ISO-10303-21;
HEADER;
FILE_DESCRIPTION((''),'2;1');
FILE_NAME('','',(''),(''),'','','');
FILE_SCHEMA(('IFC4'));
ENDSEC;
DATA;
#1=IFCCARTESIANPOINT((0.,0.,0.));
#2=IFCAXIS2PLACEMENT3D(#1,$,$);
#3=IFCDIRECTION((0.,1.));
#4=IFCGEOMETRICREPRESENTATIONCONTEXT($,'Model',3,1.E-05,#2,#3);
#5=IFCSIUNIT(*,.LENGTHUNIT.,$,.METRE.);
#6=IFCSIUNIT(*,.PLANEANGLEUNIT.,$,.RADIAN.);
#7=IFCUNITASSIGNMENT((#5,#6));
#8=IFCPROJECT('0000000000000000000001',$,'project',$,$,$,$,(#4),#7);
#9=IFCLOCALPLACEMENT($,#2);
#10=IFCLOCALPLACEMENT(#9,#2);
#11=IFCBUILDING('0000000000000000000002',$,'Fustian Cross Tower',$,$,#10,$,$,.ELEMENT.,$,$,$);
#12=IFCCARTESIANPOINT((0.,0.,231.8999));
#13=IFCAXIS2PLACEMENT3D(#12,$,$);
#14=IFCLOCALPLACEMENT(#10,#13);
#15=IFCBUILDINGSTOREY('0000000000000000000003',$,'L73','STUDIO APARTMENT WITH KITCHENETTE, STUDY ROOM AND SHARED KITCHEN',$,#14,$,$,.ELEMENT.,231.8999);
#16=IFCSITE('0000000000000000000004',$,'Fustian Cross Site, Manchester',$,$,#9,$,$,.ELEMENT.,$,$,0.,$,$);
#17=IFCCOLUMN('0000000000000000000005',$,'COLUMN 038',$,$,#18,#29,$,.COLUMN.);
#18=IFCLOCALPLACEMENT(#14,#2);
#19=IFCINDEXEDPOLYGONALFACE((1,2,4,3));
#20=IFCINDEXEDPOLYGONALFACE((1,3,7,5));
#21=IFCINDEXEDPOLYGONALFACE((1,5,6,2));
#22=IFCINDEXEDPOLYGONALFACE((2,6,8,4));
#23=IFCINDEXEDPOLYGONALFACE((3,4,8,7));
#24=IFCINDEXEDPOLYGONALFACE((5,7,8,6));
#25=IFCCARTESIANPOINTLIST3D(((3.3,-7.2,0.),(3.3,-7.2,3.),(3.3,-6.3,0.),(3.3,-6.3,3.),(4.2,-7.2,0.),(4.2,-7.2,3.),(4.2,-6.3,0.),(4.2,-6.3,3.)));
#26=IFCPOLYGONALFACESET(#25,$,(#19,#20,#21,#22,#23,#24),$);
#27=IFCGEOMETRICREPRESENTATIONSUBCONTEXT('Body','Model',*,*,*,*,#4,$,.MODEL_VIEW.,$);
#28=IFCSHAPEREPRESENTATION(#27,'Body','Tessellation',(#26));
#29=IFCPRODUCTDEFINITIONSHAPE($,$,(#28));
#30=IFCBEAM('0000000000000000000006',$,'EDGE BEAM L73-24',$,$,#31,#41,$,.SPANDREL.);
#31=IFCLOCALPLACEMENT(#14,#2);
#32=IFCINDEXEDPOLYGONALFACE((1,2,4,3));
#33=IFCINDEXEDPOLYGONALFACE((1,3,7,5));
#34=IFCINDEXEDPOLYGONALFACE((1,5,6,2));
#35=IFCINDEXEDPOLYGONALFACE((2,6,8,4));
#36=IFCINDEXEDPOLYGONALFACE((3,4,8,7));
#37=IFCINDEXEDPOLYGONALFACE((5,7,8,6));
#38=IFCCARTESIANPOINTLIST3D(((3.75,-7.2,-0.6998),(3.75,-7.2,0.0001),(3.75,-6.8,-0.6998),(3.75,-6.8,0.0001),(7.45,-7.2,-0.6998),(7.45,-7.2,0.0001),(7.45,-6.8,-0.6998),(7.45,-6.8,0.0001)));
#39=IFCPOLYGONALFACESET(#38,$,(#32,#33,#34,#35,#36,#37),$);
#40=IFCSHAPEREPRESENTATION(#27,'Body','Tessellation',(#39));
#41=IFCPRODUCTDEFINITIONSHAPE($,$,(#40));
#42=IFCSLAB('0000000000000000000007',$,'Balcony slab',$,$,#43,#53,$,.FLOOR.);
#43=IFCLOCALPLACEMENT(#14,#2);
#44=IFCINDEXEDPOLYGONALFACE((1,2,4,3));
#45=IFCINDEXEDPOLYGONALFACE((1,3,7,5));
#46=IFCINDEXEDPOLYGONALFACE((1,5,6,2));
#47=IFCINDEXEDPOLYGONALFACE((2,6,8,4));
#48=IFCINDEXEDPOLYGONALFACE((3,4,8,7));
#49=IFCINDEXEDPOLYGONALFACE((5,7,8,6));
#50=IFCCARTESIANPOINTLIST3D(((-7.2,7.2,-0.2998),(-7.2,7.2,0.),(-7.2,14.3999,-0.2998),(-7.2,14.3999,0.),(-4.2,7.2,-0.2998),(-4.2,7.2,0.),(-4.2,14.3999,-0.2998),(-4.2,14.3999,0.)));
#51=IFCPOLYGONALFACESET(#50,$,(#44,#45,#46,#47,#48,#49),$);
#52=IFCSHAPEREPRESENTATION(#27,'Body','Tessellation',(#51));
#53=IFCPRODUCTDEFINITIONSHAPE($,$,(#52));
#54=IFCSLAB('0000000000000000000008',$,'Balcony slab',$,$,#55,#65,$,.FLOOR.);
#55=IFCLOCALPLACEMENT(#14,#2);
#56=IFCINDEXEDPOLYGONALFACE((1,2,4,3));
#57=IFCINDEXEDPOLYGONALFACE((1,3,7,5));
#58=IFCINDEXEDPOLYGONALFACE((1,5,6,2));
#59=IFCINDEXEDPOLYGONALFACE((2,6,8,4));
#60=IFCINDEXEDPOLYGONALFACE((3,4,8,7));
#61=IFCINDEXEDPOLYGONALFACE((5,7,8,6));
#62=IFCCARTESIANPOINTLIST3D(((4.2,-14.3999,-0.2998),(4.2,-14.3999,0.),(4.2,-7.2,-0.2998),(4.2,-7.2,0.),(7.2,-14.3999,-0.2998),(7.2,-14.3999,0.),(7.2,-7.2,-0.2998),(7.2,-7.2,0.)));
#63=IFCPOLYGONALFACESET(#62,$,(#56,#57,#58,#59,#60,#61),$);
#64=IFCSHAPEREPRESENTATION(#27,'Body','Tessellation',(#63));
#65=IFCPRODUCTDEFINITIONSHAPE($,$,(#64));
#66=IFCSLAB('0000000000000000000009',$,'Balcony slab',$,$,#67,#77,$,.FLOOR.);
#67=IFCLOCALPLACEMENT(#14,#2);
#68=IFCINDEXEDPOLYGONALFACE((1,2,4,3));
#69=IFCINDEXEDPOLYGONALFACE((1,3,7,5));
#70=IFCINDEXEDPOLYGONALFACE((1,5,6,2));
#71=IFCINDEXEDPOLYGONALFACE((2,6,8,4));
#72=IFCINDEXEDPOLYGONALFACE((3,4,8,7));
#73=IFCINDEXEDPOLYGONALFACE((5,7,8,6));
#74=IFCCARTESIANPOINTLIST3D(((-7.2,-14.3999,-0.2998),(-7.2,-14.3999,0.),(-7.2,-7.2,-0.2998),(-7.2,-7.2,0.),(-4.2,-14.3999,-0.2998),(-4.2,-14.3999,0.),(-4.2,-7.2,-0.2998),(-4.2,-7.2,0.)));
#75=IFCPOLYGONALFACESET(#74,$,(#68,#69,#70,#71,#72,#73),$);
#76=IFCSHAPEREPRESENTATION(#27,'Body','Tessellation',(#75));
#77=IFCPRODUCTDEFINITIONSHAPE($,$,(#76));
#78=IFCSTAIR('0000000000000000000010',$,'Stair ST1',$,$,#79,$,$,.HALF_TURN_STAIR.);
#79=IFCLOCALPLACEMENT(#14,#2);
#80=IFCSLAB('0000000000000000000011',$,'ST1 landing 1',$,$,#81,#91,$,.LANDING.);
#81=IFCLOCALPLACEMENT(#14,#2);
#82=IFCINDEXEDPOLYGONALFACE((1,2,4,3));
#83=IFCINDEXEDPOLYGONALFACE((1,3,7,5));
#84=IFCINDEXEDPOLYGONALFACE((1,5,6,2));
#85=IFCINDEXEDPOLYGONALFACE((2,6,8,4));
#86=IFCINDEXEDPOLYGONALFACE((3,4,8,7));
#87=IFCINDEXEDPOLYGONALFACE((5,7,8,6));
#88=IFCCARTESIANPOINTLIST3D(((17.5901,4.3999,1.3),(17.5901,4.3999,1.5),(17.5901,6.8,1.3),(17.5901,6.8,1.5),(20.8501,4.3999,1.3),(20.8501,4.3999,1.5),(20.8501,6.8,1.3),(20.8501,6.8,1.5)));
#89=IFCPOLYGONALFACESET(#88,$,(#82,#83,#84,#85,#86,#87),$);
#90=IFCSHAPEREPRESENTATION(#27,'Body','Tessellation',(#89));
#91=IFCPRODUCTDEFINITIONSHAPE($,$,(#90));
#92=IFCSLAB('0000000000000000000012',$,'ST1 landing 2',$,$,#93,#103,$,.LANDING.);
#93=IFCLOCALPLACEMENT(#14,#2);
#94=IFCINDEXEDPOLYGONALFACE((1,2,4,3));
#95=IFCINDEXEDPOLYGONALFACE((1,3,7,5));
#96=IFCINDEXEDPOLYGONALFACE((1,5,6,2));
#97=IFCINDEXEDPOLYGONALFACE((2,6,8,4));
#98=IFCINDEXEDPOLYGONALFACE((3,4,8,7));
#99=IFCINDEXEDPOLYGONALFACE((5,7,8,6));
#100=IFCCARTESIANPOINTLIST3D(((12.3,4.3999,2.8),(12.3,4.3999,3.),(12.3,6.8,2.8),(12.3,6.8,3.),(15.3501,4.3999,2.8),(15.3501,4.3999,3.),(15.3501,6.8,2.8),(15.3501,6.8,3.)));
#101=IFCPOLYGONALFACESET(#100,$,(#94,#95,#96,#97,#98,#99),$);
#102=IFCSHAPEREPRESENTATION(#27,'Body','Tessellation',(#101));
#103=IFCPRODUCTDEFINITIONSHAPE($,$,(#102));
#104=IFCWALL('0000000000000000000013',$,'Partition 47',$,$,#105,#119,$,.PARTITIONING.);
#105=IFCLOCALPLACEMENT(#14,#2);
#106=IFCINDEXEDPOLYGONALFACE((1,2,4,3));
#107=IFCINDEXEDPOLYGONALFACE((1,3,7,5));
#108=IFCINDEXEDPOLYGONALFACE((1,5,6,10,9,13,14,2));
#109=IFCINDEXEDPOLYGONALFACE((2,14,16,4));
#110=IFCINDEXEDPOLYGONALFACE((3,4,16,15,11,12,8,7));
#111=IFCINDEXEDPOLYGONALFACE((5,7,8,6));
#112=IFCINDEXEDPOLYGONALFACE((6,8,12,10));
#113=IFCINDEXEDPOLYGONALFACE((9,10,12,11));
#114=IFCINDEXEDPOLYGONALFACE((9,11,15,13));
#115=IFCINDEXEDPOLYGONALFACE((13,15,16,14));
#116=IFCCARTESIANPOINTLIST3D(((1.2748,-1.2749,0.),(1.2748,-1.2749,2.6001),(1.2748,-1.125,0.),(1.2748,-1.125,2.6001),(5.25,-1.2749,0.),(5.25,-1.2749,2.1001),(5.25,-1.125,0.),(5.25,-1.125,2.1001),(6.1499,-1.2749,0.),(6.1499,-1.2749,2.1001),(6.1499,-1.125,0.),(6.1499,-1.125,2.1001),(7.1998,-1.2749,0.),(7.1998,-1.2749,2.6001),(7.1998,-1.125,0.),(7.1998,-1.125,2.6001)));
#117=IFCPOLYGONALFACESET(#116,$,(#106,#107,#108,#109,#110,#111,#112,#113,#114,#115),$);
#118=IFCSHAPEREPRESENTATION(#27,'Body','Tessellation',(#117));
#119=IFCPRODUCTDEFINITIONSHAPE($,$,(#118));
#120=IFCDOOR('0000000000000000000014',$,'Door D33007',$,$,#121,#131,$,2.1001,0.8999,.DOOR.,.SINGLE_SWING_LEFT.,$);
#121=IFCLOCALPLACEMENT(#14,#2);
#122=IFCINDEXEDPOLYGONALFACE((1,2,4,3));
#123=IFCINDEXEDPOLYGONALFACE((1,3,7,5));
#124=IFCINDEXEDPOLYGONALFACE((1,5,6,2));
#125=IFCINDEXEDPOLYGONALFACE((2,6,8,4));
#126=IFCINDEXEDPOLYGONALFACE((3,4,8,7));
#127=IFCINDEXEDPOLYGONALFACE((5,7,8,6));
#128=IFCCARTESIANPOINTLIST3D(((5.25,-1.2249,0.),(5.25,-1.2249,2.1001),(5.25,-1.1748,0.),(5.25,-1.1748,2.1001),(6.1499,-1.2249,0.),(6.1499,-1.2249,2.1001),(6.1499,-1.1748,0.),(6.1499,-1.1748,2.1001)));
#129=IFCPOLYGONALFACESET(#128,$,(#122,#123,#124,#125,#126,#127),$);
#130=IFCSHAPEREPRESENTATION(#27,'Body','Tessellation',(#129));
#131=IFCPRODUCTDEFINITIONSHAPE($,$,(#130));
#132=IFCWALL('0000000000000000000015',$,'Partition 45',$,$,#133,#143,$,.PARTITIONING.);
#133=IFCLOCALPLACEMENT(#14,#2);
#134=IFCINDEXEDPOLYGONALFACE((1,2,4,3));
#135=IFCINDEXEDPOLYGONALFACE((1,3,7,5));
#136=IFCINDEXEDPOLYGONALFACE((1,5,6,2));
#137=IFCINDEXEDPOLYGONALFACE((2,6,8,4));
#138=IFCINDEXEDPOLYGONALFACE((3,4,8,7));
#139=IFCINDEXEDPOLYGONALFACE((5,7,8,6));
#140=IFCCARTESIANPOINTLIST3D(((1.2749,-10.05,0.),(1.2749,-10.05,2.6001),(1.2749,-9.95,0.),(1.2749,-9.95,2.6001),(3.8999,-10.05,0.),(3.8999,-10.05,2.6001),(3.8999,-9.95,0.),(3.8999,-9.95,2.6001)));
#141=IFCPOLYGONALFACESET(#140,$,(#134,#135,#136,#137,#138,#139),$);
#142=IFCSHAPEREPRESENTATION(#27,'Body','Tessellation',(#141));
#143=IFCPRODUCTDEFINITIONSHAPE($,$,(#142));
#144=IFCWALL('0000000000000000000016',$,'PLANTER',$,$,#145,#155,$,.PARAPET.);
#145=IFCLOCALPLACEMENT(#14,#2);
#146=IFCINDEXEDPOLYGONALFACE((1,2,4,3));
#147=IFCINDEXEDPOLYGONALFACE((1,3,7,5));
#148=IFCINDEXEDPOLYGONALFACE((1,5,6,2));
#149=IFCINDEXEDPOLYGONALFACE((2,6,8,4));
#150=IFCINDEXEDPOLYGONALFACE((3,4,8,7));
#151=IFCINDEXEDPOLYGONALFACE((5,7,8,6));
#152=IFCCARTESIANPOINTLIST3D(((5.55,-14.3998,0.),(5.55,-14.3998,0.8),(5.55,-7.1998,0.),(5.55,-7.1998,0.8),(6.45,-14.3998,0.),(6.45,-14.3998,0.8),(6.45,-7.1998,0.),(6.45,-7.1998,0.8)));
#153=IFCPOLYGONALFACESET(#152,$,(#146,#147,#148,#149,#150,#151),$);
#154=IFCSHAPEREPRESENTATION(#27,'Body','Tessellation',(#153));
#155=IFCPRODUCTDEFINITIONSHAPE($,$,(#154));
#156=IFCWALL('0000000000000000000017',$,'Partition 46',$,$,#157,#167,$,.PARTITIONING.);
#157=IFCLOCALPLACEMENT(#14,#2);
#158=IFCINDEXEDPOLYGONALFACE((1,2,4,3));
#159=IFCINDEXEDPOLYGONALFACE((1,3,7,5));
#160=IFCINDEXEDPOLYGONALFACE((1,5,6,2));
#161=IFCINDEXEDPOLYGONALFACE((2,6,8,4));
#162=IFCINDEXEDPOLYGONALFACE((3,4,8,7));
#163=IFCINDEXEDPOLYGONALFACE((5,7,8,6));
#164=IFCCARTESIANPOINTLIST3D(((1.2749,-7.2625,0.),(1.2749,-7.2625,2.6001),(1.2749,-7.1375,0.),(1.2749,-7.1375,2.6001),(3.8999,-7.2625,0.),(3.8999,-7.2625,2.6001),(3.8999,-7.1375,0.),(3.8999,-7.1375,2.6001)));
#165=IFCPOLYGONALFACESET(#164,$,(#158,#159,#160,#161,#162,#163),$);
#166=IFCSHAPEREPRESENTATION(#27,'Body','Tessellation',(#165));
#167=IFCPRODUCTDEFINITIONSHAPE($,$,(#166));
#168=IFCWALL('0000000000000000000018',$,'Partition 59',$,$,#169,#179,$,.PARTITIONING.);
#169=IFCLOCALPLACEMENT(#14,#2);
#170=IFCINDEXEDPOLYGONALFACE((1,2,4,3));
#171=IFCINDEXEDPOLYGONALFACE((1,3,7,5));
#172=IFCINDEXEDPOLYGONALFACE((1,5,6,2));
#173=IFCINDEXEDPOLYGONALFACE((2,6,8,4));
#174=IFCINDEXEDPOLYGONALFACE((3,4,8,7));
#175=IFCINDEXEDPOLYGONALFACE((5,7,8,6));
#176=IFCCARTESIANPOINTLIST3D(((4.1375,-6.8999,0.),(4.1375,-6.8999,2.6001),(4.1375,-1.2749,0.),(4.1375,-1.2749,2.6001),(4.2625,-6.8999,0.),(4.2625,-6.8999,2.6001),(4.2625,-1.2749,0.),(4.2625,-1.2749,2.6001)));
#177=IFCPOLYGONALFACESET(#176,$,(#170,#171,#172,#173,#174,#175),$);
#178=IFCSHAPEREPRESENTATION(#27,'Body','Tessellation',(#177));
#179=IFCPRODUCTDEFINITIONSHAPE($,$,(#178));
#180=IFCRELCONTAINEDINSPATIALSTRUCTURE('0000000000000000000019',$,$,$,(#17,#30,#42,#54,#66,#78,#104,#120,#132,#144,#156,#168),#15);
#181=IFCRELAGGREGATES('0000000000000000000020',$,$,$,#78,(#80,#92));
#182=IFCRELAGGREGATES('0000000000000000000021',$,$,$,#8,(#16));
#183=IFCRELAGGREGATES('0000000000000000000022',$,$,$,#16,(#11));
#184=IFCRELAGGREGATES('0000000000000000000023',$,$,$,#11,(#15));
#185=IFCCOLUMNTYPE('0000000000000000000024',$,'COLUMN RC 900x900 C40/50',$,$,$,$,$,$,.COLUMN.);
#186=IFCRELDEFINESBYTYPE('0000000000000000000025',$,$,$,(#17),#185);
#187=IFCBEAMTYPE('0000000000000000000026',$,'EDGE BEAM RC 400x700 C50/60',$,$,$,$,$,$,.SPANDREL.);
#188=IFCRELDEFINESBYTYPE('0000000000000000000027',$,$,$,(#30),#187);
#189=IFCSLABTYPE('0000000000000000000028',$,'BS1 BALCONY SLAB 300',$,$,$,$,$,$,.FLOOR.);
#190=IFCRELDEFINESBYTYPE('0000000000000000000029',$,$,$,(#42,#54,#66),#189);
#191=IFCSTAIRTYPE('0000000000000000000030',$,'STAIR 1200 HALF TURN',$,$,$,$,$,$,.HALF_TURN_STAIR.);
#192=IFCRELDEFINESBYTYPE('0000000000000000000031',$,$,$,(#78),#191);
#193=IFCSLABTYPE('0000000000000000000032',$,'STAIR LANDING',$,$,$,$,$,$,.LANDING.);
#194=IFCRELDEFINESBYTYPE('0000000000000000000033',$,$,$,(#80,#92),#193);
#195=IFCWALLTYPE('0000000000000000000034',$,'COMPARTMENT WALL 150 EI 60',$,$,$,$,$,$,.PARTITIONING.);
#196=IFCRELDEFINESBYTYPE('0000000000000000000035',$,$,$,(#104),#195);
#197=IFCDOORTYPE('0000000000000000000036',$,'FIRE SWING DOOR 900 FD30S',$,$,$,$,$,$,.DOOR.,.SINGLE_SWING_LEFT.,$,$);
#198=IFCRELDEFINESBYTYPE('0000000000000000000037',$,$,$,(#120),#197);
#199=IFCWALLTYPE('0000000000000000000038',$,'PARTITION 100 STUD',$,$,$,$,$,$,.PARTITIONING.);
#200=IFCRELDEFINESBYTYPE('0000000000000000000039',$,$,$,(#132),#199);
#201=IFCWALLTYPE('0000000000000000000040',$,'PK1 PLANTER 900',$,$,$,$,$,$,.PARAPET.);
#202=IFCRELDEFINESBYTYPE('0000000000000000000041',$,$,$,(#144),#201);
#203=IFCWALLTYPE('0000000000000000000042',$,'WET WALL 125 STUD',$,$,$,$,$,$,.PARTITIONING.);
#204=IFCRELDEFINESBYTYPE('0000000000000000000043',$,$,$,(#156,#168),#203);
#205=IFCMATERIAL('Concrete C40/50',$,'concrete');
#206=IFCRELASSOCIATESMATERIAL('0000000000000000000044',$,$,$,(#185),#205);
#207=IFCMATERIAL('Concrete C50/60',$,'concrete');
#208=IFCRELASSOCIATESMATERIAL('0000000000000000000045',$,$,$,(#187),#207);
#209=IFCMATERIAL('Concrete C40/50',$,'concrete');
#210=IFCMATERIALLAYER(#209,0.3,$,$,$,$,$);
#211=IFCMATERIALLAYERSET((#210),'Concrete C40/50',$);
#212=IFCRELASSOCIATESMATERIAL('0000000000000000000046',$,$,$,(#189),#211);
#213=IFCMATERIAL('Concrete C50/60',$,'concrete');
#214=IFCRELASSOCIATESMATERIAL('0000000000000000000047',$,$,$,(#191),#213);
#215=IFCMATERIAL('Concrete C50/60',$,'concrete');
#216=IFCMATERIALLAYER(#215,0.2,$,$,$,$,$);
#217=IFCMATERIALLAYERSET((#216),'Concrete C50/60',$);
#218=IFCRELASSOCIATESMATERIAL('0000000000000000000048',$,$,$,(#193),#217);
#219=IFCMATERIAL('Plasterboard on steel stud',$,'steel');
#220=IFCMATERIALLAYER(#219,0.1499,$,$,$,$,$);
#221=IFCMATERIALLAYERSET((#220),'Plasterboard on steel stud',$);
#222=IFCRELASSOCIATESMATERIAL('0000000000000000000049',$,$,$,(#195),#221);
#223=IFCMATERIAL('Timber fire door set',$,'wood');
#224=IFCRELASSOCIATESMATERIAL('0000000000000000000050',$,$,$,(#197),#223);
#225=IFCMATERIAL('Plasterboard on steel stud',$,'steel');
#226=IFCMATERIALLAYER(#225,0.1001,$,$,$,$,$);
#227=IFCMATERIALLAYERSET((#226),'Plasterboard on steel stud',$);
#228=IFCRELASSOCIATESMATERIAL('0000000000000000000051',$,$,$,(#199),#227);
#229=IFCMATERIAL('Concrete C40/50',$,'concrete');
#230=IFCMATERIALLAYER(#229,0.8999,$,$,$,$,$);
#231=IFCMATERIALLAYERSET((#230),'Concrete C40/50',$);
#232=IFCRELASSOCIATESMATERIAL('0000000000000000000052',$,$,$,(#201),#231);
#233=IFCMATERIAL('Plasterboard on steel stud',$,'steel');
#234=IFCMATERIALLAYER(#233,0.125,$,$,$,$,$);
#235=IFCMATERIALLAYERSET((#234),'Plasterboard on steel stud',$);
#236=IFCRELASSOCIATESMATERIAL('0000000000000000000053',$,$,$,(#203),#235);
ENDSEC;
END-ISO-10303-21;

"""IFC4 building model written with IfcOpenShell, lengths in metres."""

from ifc_helpers import new_model, si_unit, direction, frame, frame_2d, origin, origin_2d, place, context, subcontext, project, spatial, polyline, rectangle, outline, extrude, material, layer, layer_set, material_profile, profile_set, type_object, element, fill, aggregate, save


model = new_model("IFC4")

# Units and contexts
model_context = context("Model", 3, precision=1e-05, world=origin(), true_north=direction((0.0, 1.0)))
body_context = subcontext(model_context, "Body", "Model", "MODEL_VIEW")
ifc_project = project(units=[si_unit("LENGTHUNIT", "METRE"), si_unit("PLANEANGLEUNIT", "RADIAN")], contexts=[model_context])

# Site, building, storey
site_placement = place(None, origin())
site = spatial("IfcSite", under=ifc_project, at=site_placement, Name="Fustian Cross Site, Manchester", CompositionType="ELEMENT", RefElevation=0.0)
building_placement = place(site_placement, origin())
building = spatial("IfcBuilding", under=site, at=building_placement, Name="Fustian Cross Tower", CompositionType="ELEMENT")
storey_placement = place(building_placement, frame((0.0, 0.0, 231.8999)))
storey = spatial("IfcBuildingStorey", under=building, at=storey_placement, Name="L73", Description="STUDIO APARTMENT WITH KITCHENETTE, STUDY ROOM AND SHARED KITCHEN", CompositionType="ELEMENT", Elevation=231.8999)

# Column
ifc_material_1 = material(Name="Concrete C40/50", Category="concrete")
ifc_material_profile_1 = material_profile(ifc_material_1, rectangle(XDim=0.8999, YDim=0.8999, at=origin_2d()), Name="RC 900x900")
ifc_profile_set_1 = profile_set([ifc_material_profile_1], Name="Concrete C40/50")
column_type = type_object("IfcColumnType", Name="COLUMN RC 900x900 C40/50", PredefinedType="COLUMN", material=ifc_profile_set_1)
column_placement = place(storey_placement, frame((3.75, -6.75, 0.0), z_axis=(0.0, 0.0, 1.0), x_axis=(1.0, 0.0, 0.0)))
element("IfcColumn", 1, at=column_placement, inside=storey, type_object=column_type, Name="COLUMN 038", PredefinedType="COLUMN", context=body_context, shape_type="SweptSolid", body=[
    extrude(rectangle(XDim=0.8999, YDim=0.8999, at=origin_2d()), origin(), (0.0, 0.0, 1.0), 3.0),
])

# Beam
ifc_material_2 = material(Name="Concrete C50/60", Category="concrete")
ifc_material_profile_2 = material_profile(ifc_material_2, rectangle(XDim=0.3999, YDim=0.7, at=origin_2d()), Name="RC 400x700")
ifc_profile_set_2 = profile_set([ifc_material_profile_2], Name="Concrete C50/60")
beam_type = type_object("IfcBeamType", Name="EDGE BEAM RC 400x700 C50/60", PredefinedType="SPANDREL", material=ifc_profile_set_2)
beam_placement = place(storey_placement, frame((3.75, -7.0, -0.3499), z_axis=(1.0, 0.0, 0.0), x_axis=(0.0, 1.0, 0.0)))
element("IfcBeam", 2, at=beam_placement, inside=storey, type_object=beam_type, Name="EDGE BEAM L73-24", PredefinedType="SPANDREL", context=body_context, shape_type="SweptSolid", body=[
    extrude(rectangle(XDim=0.3999, YDim=0.7, at=origin_2d()), origin(), (0.0, 0.0, 1.0), 3.7),
])

# Slabs
ifc_material_3 = material(Name="Concrete C40/50", Category="concrete")
ifc_layer_1 = layer(ifc_material_3, 0.3)
ifc_layer_set_1 = layer_set([ifc_layer_1], Name="Concrete C40/50")
slab_type_1 = type_object("IfcSlabType", Name="BS1 BALCONY SLAB 300", PredefinedType="FLOOR", material=ifc_layer_set_1)
slab_1_placement = place(storey_placement, frame((0.0, 0.0, -0.2998)))
element("IfcSlab", 3, at=slab_1_placement, inside=storey, type_object=slab_type_1, Name="Balcony slab", PredefinedType="FLOOR", context=body_context, shape_type="SweptSolid", body=[
    extrude(outline(polyline([(-7.2, 7.2), (-4.2, 7.2), (-4.2, 14.3999), (-7.2, 14.3999), (-7.2, 7.2)])), origin(), (0.0, 0.0, 1.0), 0.2998),
])
slab_2_placement = place(storey_placement, frame((0.0, 0.0, -0.2998)))
element("IfcSlab", 4, at=slab_2_placement, inside=storey, type_object=slab_type_1, Name="Balcony slab", PredefinedType="FLOOR", context=body_context, shape_type="SweptSolid", body=[
    extrude(outline(polyline([(4.2, -14.3999), (7.2, -14.3999), (7.2, -7.2), (4.2, -7.2), (4.2, -14.3999)])), origin(), (0.0, 0.0, 1.0), 0.2998),
])
slab_3_placement = place(storey_placement, frame((0.0, 0.0, -0.2998)))
element("IfcSlab", 5, at=slab_3_placement, inside=storey, type_object=slab_type_1, Name="Balcony slab", PredefinedType="FLOOR", context=body_context, shape_type="SweptSolid", body=[
    extrude(outline(polyline([(-7.2, -14.3999), (-4.2, -14.3999), (-4.2, -7.2), (-7.2, -7.2), (-7.2, -14.3999)])), origin(), (0.0, 0.0, 1.0), 0.2998),
])

# Stair, slabs
ifc_material_4 = material(Name="Concrete C50/60", Category="concrete")
stair_type = type_object("IfcStairType", Name="STAIR 1200 HALF TURN", PredefinedType="HALF_TURN_STAIR", material=ifc_material_4)
stair_placement = place(storey_placement, origin())
stair = element("IfcStair", 6, at=stair_placement, inside=storey, type_object=stair_type, Name="Stair ST1", PredefinedType="HALF_TURN_STAIR")
ifc_material_5 = material(Name="Concrete C50/60", Category="concrete")
ifc_layer_2 = layer(ifc_material_5, 0.2)
ifc_layer_set_2 = layer_set([ifc_layer_2], Name="Concrete C50/60")
slab_type_2 = type_object("IfcSlabType", Name="STAIR LANDING", PredefinedType="LANDING", material=ifc_layer_set_2)
slab_4_placement = place(storey_placement, frame((0.0, 0.0, 1.3)))
slab_4 = element("IfcSlab", 7, at=slab_4_placement, type_object=slab_type_2, Name="ST1 landing 1", PredefinedType="LANDING", context=body_context, shape_type="SweptSolid", body=[
    extrude(outline(polyline([(17.5901, 4.3999), (20.8501, 4.3999), (20.8501, 6.8), (17.5901, 6.8), (17.5901, 4.3999)])), origin(), (0.0, 0.0, 1.0), 0.2),
])
slab_5_placement = place(storey_placement, frame((0.0, 0.0, 2.8)))
slab_5 = element("IfcSlab", 8, at=slab_5_placement, type_object=slab_type_2, Name="ST1 landing 2", PredefinedType="LANDING", context=body_context, shape_type="SweptSolid", body=[
    extrude(outline(polyline([(12.3, 4.3999), (15.3501, 4.3999), (15.3501, 6.8), (12.3, 6.8), (12.3, 4.3999)])), origin(), (0.0, 0.0, 1.0), 0.2),
])
aggregate(stair, [slab_4, slab_5])

# Wall, opening, door
ifc_material_6 = material(Name="Plasterboard on steel stud", Category="steel")
ifc_layer_3 = layer(ifc_material_6, 0.1499)
ifc_layer_set_3 = layer_set([ifc_layer_3], Name="Plasterboard on steel stud")
wall_type_1 = type_object("IfcWallType", Name="COMPARTMENT WALL 150 EI 60", PredefinedType="PARTITIONING", material=ifc_layer_set_3)
wall_1_placement = place(storey_placement, frame((1.2749, -1.2, 0.0), z_axis=(0.0, 0.0, 1.0), x_axis=(1.0, 0.0, 0.0)))
wall_1 = element("IfcWall", 9, at=wall_1_placement, inside=storey, type_object=wall_type_1, Name="Partition 47", PredefinedType="PARTITIONING", context=body_context, shape_type="SweptSolid", body=[
    extrude(rectangle(XDim=5.925, YDim=0.1499, at=frame_2d((2.9624, 0.0))), origin(), (0.0, 0.0, 1.0), 2.6001),
])
opening_placement = place(wall_1_placement, frame((3.9751, 0.0, 0.0)))
opening = element("IfcOpeningElement", 10, at=opening_placement, cuts=wall_1, PredefinedType="OPENING", context=body_context, shape_type="SweptSolid", body=[
    extrude(rectangle(XDim=0.8999, YDim=2.1001, at=frame_2d((0.45, 1.05))), frame((0.0, 0.085, 0.0), z_axis=(0.0, -1.0, 0.0), x_axis=(1.0, 0.0, 0.0)), (0.0, 0.0, 1.0), 0.1699),
])
ifc_material_7 = material(Name="Timber fire door set", Category="wood")
door_type = type_object("IfcDoorType", Name="FIRE SWING DOOR 900 FD30S", OperationType="SINGLE_SWING_LEFT", PredefinedType="DOOR", material=ifc_material_7)
door_placement = place(opening_placement, frame((0.8999, 0.0, 0.0), z_axis=(0.0, 0.0, 1.0), x_axis=(-1.0, 0.0, 0.0)))
door = element("IfcDoor", 11, at=door_placement, inside=storey, type_object=door_type, Name="Door D33007", OperationType="SINGLE_SWING_LEFT", OverallHeight=2.1001, OverallWidth=0.8999, PredefinedType="DOOR", context=body_context, shape_type="SweptSolid", body=[
    extrude(rectangle(XDim=0.8999, YDim=2.1001, at=frame_2d((0.45, 1.05))), frame((0.0, 0.0249, 0.0), z_axis=(0.0, -1.0, 0.0), x_axis=(1.0, 0.0, 0.0)), (0.0, 0.0, 1.0), 0.05),
])
fill(opening, door)

# Walls
ifc_material_8 = material(Name="Plasterboard on steel stud", Category="steel")
ifc_layer_4 = layer(ifc_material_8, 0.1001)
ifc_layer_set_4 = layer_set([ifc_layer_4], Name="Plasterboard on steel stud")
wall_type_2 = type_object("IfcWallType", Name="PARTITION 100 STUD", PredefinedType="PARTITIONING", material=ifc_layer_set_4)
wall_2_placement = place(storey_placement, frame((1.2749, -10.0, 0.0), z_axis=(0.0, 0.0, 1.0), x_axis=(1.0, 0.0, 0.0)))
element("IfcWall", 12, at=wall_2_placement, inside=storey, type_object=wall_type_2, Name="Partition 45", PredefinedType="PARTITIONING", context=body_context, shape_type="SweptSolid", body=[
    extrude(rectangle(XDim=2.625, YDim=0.1001, at=frame_2d((1.3125, 0.0))), origin(), (0.0, 0.0, 1.0), 2.6001),
])
ifc_material_9 = material(Name="Concrete C40/50", Category="concrete")
ifc_layer_5 = layer(ifc_material_9, 0.8999)
ifc_layer_set_5 = layer_set([ifc_layer_5], Name="Concrete C40/50")
wall_type_3 = type_object("IfcWallType", Name="PK1 PLANTER 900", PredefinedType="PARAPET", material=ifc_layer_set_5)
wall_3_placement = place(storey_placement, frame((6.0, -14.3999, 0.0), z_axis=(0.0, 0.0, 1.0), x_axis=(0.0, 1.0, 0.0)))
element("IfcWall", 13, at=wall_3_placement, inside=storey, type_object=wall_type_3, Name="PLANTER", PredefinedType="PARAPET", context=body_context, shape_type="SweptSolid", body=[
    extrude(rectangle(XDim=7.2, YDim=0.8999, at=frame_2d((3.6001, 0.0))), origin(), (0.0, 0.0, 1.0), 0.8),
])
ifc_material_10 = material(Name="Plasterboard on steel stud", Category="steel")
ifc_layer_6 = layer(ifc_material_10, 0.125)
ifc_layer_set_6 = layer_set([ifc_layer_6], Name="Plasterboard on steel stud")
wall_type_4 = type_object("IfcWallType", Name="WET WALL 125 STUD", PredefinedType="PARTITIONING", material=ifc_layer_set_6)
wall_4_placement = place(storey_placement, frame((1.2749, -7.2, 0.0), z_axis=(0.0, 0.0, 1.0), x_axis=(1.0, 0.0, 0.0)))
element("IfcWall", 14, at=wall_4_placement, inside=storey, type_object=wall_type_4, Name="Partition 46", PredefinedType="PARTITIONING", context=body_context, shape_type="SweptSolid", body=[
    extrude(rectangle(XDim=2.625, YDim=0.125, at=frame_2d((1.3125, 0.0))), origin(), (0.0, 0.0, 1.0), 2.6001),
])
wall_5_placement = place(storey_placement, frame((4.2, -6.8999, 0.0), z_axis=(0.0, 0.0, 1.0), x_axis=(0.0, 1.0, 0.0)))
element("IfcWall", 15, at=wall_5_placement, inside=storey, type_object=wall_type_4, Name="Partition 59", PredefinedType="PARTITIONING", context=body_context, shape_type="SweptSolid", body=[
    extrude(rectangle(XDim=5.625, YDim=0.125, at=frame_2d((2.8125, 0.0))), origin(), (0.0, 0.0, 1.0), 2.6001),
])

save(model, "model.ifc")
